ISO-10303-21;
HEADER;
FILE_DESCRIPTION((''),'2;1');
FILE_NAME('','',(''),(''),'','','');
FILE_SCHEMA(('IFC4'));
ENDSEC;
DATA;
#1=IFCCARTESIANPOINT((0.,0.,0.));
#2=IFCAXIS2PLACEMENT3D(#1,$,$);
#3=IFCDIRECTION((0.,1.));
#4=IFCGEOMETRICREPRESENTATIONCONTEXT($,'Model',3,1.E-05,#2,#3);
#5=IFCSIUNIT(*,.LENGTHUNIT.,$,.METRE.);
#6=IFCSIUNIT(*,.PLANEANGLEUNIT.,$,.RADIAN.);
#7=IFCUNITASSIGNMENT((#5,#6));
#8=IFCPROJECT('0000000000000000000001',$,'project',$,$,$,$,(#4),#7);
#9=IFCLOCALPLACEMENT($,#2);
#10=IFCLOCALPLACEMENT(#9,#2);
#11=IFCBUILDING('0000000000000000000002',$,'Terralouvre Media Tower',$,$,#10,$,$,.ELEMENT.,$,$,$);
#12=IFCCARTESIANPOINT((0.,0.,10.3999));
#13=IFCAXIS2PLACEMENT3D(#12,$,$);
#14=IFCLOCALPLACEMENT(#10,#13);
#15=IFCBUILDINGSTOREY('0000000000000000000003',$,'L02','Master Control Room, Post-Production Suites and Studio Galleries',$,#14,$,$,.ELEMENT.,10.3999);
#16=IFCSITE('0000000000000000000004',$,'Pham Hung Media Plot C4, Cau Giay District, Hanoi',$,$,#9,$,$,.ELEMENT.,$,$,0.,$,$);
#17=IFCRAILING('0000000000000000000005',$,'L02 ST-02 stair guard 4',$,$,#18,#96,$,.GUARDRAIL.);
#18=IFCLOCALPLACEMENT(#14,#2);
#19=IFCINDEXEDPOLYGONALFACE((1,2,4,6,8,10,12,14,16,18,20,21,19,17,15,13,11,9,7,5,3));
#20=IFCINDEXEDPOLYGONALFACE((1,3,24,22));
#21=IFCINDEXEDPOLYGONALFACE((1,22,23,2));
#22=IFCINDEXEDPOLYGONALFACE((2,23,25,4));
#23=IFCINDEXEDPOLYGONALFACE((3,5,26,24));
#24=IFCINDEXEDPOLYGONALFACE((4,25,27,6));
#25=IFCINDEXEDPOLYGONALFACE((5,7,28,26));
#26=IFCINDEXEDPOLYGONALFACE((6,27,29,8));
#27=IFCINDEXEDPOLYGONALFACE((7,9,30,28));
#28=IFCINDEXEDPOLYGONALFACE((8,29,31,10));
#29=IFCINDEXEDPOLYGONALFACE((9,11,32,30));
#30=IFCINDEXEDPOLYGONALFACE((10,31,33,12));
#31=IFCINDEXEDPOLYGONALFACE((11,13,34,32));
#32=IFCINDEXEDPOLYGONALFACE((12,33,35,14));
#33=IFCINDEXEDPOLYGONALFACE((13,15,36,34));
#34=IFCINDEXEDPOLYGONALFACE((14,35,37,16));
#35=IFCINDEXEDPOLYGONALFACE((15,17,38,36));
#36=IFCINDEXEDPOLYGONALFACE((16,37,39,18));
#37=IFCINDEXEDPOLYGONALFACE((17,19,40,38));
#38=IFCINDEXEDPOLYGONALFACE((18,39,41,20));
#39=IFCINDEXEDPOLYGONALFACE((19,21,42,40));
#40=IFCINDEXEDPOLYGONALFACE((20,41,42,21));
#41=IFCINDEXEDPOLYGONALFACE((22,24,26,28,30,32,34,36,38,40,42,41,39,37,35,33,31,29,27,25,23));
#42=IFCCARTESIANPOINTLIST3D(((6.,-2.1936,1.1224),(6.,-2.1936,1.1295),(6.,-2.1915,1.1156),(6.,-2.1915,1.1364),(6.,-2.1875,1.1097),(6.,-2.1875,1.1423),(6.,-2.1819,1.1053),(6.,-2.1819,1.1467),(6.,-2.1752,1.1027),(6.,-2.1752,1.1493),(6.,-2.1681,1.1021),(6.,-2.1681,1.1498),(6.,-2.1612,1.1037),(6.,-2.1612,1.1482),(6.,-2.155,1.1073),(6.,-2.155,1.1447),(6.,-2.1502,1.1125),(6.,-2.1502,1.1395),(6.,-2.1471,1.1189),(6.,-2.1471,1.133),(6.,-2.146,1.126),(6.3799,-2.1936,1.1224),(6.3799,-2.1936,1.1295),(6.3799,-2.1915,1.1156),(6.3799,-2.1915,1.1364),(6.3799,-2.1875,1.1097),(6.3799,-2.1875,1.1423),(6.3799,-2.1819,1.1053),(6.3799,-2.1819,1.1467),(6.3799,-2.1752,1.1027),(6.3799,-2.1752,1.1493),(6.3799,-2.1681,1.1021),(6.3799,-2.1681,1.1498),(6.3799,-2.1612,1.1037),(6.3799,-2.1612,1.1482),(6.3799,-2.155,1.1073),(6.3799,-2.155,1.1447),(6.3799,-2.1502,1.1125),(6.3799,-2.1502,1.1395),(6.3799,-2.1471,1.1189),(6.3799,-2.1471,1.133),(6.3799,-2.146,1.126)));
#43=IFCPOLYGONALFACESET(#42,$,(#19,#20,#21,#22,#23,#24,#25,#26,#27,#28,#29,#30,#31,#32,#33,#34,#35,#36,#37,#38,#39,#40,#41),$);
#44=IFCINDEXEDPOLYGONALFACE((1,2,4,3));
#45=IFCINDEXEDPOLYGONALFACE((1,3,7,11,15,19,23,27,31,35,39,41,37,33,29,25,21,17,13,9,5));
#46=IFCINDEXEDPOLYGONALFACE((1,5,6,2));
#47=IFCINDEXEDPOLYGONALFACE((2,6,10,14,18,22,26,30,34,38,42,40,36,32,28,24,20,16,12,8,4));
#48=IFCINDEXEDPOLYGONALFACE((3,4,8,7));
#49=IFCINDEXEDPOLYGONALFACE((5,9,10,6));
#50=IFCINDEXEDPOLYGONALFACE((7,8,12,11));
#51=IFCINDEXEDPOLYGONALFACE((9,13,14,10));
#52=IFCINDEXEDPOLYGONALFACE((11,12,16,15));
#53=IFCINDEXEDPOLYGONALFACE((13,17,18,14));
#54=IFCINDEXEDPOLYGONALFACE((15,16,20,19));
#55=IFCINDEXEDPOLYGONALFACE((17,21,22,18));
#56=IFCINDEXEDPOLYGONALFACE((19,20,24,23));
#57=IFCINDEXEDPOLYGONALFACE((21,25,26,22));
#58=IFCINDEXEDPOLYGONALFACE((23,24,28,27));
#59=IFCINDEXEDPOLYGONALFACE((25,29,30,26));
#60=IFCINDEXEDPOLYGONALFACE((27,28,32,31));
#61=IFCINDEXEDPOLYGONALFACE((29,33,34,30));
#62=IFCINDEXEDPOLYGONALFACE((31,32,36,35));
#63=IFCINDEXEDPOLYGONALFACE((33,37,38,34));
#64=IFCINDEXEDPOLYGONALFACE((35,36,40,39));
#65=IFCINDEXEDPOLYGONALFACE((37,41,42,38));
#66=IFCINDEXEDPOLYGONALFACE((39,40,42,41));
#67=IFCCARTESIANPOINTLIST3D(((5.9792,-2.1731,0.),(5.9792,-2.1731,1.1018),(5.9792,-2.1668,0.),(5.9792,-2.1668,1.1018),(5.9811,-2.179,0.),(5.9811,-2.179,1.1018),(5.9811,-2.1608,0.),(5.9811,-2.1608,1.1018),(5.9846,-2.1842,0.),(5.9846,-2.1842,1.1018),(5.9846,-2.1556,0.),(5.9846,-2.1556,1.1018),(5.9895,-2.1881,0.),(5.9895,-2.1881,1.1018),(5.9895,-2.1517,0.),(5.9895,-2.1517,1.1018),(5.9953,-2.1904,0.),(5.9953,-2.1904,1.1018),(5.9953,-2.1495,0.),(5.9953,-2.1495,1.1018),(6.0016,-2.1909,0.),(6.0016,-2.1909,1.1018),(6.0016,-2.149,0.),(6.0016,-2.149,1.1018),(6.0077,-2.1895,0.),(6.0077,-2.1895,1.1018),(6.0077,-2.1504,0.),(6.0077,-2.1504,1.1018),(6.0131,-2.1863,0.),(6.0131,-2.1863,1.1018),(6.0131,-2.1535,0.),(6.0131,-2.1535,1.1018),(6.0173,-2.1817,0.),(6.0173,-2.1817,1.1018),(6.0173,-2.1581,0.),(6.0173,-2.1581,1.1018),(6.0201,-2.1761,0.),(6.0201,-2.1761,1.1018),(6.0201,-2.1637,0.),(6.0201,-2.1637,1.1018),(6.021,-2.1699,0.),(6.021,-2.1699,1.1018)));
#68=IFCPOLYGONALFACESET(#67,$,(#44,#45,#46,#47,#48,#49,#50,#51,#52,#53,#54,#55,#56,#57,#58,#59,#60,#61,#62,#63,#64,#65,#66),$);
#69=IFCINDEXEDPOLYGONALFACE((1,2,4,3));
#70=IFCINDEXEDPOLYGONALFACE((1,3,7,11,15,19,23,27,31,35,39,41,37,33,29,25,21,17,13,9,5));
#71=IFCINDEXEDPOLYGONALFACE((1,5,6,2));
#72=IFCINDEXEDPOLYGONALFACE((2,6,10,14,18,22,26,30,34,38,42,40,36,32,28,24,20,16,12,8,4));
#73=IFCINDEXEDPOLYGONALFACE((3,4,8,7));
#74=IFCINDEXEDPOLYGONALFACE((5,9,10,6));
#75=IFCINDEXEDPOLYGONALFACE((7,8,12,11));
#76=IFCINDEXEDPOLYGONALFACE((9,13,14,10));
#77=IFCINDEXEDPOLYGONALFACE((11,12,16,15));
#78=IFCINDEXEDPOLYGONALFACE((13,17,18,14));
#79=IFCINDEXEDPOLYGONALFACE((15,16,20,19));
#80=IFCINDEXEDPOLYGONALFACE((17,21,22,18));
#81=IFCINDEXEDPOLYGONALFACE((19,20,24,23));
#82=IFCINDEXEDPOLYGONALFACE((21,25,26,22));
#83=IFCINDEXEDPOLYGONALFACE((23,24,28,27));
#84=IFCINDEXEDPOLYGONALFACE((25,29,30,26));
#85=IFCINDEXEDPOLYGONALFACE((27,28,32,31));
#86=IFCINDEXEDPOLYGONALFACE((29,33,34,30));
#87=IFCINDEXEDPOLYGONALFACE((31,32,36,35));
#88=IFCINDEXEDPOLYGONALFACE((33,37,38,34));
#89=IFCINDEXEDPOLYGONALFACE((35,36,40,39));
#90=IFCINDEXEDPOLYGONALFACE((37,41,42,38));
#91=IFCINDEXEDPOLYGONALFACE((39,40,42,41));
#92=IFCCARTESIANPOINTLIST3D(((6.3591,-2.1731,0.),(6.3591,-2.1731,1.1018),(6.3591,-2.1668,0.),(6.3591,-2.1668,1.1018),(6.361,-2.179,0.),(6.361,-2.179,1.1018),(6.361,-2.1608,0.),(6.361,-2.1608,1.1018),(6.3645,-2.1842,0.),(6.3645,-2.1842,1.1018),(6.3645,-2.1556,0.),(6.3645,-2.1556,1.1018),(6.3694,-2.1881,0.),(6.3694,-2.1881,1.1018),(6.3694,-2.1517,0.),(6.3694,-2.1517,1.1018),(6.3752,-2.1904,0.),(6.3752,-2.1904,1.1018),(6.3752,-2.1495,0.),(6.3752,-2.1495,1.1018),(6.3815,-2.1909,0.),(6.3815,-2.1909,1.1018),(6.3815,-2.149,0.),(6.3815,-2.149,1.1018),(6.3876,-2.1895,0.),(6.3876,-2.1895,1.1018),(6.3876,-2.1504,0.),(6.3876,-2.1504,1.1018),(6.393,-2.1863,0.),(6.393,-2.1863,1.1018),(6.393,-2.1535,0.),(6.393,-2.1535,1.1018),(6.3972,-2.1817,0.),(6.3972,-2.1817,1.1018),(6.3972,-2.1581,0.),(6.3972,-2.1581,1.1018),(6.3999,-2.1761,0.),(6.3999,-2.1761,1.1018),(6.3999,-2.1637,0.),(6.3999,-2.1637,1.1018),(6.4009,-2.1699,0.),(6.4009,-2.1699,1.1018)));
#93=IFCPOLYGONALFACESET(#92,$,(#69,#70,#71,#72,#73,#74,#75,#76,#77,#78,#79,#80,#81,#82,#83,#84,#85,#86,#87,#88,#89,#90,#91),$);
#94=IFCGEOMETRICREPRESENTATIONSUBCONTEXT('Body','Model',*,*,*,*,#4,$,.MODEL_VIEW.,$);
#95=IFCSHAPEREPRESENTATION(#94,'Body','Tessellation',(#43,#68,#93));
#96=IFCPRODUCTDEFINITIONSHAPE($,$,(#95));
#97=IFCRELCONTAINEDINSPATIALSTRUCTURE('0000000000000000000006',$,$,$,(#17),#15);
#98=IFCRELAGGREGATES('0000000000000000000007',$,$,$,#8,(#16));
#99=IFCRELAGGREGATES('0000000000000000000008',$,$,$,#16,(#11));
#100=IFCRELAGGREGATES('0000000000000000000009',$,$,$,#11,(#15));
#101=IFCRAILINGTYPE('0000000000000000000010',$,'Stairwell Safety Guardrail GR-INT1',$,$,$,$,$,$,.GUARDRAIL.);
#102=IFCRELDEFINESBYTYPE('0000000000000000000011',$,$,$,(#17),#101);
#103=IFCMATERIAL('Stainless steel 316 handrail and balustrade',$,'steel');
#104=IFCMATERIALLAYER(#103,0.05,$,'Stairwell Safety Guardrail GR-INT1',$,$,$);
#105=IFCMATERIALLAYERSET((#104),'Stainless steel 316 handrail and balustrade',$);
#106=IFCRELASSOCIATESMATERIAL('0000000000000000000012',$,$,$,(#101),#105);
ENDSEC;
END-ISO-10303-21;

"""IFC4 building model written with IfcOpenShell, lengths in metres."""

from ifc_helpers import new_model, si_unit, direction, frame, origin, origin_2d, place, context, subcontext, project, spatial, circle, extrude, material, layer, layer_set, type_object, element, save


model = new_model("IFC4")

# Units and contexts
model_context = context("Model", 3, precision=1e-05, world=origin(), true_north=direction((0.0, 1.0)))
body_context = subcontext(model_context, "Body", "Model", "MODEL_VIEW")
ifc_project = project(units=[si_unit("LENGTHUNIT", "METRE"), si_unit("PLANEANGLEUNIT", "RADIAN")], contexts=[model_context])

# Site, building, storey
site_placement = place(None, origin())
site = spatial("IfcSite", under=ifc_project, at=site_placement, Name="Pham Hung Media Plot C4, Cau Giay District, Hanoi", CompositionType="ELEMENT", RefElevation=0.0)
building_placement = place(site_placement, origin())
building = spatial("IfcBuilding", under=site, at=building_placement, Name="Terralouvre Media Tower", CompositionType="ELEMENT")
storey_placement = place(building_placement, frame((0.0, 0.0, 10.3999)))
storey = spatial("IfcBuildingStorey", under=building, at=storey_placement, Name="L02", Description="Master Control Room, Post-Production Suites and Studio Galleries", CompositionType="ELEMENT", Elevation=10.3999)

# Railing
ifc_material_1 = material(Name="Stainless steel 316 handrail and balustrade", Category="steel")
ifc_layer_1 = layer(ifc_material_1, 0.05, Name="Stairwell Safety Guardrail GR-INT1")
ifc_layer_set_1 = layer_set([ifc_layer_1], Name="Stainless steel 316 handrail and balustrade")
railing_type_1 = type_object("IfcRailingType", Name="Stairwell Safety Guardrail GR-INT1", PredefinedType="GUARDRAIL", material=ifc_layer_set_1)
railing_1_placement = place(storey_placement, frame((6.0, -2.1699, 0.0)))
element("IfcRailing", 1, at=railing_1_placement, inside=storey, type_object=railing_type_1, Name="L02 ST-02 stair guard 4", PredefinedType="GUARDRAIL", context=body_context, shape_type="SweptSolid", body=[
    extrude(circle(Radius=0.0239, at=origin_2d()), frame((0.0, 0.0, 1.126), z_axis=(1.0, 0.0, 0.0), x_axis=(0.0, 1.0, 0.0)), (0.0, 0.0, 1.0), 0.3799),
    extrude(circle(Radius=0.021, at=origin_2d()), origin(), (0.0, 0.0, 1.0), 1.1018),
    extrude(circle(Radius=0.021, at=origin_2d()), frame((0.3799, 0.0, 0.0)), (0.0, 0.0, 1.0), 1.1018),
])

save(model, "model.ifc")
